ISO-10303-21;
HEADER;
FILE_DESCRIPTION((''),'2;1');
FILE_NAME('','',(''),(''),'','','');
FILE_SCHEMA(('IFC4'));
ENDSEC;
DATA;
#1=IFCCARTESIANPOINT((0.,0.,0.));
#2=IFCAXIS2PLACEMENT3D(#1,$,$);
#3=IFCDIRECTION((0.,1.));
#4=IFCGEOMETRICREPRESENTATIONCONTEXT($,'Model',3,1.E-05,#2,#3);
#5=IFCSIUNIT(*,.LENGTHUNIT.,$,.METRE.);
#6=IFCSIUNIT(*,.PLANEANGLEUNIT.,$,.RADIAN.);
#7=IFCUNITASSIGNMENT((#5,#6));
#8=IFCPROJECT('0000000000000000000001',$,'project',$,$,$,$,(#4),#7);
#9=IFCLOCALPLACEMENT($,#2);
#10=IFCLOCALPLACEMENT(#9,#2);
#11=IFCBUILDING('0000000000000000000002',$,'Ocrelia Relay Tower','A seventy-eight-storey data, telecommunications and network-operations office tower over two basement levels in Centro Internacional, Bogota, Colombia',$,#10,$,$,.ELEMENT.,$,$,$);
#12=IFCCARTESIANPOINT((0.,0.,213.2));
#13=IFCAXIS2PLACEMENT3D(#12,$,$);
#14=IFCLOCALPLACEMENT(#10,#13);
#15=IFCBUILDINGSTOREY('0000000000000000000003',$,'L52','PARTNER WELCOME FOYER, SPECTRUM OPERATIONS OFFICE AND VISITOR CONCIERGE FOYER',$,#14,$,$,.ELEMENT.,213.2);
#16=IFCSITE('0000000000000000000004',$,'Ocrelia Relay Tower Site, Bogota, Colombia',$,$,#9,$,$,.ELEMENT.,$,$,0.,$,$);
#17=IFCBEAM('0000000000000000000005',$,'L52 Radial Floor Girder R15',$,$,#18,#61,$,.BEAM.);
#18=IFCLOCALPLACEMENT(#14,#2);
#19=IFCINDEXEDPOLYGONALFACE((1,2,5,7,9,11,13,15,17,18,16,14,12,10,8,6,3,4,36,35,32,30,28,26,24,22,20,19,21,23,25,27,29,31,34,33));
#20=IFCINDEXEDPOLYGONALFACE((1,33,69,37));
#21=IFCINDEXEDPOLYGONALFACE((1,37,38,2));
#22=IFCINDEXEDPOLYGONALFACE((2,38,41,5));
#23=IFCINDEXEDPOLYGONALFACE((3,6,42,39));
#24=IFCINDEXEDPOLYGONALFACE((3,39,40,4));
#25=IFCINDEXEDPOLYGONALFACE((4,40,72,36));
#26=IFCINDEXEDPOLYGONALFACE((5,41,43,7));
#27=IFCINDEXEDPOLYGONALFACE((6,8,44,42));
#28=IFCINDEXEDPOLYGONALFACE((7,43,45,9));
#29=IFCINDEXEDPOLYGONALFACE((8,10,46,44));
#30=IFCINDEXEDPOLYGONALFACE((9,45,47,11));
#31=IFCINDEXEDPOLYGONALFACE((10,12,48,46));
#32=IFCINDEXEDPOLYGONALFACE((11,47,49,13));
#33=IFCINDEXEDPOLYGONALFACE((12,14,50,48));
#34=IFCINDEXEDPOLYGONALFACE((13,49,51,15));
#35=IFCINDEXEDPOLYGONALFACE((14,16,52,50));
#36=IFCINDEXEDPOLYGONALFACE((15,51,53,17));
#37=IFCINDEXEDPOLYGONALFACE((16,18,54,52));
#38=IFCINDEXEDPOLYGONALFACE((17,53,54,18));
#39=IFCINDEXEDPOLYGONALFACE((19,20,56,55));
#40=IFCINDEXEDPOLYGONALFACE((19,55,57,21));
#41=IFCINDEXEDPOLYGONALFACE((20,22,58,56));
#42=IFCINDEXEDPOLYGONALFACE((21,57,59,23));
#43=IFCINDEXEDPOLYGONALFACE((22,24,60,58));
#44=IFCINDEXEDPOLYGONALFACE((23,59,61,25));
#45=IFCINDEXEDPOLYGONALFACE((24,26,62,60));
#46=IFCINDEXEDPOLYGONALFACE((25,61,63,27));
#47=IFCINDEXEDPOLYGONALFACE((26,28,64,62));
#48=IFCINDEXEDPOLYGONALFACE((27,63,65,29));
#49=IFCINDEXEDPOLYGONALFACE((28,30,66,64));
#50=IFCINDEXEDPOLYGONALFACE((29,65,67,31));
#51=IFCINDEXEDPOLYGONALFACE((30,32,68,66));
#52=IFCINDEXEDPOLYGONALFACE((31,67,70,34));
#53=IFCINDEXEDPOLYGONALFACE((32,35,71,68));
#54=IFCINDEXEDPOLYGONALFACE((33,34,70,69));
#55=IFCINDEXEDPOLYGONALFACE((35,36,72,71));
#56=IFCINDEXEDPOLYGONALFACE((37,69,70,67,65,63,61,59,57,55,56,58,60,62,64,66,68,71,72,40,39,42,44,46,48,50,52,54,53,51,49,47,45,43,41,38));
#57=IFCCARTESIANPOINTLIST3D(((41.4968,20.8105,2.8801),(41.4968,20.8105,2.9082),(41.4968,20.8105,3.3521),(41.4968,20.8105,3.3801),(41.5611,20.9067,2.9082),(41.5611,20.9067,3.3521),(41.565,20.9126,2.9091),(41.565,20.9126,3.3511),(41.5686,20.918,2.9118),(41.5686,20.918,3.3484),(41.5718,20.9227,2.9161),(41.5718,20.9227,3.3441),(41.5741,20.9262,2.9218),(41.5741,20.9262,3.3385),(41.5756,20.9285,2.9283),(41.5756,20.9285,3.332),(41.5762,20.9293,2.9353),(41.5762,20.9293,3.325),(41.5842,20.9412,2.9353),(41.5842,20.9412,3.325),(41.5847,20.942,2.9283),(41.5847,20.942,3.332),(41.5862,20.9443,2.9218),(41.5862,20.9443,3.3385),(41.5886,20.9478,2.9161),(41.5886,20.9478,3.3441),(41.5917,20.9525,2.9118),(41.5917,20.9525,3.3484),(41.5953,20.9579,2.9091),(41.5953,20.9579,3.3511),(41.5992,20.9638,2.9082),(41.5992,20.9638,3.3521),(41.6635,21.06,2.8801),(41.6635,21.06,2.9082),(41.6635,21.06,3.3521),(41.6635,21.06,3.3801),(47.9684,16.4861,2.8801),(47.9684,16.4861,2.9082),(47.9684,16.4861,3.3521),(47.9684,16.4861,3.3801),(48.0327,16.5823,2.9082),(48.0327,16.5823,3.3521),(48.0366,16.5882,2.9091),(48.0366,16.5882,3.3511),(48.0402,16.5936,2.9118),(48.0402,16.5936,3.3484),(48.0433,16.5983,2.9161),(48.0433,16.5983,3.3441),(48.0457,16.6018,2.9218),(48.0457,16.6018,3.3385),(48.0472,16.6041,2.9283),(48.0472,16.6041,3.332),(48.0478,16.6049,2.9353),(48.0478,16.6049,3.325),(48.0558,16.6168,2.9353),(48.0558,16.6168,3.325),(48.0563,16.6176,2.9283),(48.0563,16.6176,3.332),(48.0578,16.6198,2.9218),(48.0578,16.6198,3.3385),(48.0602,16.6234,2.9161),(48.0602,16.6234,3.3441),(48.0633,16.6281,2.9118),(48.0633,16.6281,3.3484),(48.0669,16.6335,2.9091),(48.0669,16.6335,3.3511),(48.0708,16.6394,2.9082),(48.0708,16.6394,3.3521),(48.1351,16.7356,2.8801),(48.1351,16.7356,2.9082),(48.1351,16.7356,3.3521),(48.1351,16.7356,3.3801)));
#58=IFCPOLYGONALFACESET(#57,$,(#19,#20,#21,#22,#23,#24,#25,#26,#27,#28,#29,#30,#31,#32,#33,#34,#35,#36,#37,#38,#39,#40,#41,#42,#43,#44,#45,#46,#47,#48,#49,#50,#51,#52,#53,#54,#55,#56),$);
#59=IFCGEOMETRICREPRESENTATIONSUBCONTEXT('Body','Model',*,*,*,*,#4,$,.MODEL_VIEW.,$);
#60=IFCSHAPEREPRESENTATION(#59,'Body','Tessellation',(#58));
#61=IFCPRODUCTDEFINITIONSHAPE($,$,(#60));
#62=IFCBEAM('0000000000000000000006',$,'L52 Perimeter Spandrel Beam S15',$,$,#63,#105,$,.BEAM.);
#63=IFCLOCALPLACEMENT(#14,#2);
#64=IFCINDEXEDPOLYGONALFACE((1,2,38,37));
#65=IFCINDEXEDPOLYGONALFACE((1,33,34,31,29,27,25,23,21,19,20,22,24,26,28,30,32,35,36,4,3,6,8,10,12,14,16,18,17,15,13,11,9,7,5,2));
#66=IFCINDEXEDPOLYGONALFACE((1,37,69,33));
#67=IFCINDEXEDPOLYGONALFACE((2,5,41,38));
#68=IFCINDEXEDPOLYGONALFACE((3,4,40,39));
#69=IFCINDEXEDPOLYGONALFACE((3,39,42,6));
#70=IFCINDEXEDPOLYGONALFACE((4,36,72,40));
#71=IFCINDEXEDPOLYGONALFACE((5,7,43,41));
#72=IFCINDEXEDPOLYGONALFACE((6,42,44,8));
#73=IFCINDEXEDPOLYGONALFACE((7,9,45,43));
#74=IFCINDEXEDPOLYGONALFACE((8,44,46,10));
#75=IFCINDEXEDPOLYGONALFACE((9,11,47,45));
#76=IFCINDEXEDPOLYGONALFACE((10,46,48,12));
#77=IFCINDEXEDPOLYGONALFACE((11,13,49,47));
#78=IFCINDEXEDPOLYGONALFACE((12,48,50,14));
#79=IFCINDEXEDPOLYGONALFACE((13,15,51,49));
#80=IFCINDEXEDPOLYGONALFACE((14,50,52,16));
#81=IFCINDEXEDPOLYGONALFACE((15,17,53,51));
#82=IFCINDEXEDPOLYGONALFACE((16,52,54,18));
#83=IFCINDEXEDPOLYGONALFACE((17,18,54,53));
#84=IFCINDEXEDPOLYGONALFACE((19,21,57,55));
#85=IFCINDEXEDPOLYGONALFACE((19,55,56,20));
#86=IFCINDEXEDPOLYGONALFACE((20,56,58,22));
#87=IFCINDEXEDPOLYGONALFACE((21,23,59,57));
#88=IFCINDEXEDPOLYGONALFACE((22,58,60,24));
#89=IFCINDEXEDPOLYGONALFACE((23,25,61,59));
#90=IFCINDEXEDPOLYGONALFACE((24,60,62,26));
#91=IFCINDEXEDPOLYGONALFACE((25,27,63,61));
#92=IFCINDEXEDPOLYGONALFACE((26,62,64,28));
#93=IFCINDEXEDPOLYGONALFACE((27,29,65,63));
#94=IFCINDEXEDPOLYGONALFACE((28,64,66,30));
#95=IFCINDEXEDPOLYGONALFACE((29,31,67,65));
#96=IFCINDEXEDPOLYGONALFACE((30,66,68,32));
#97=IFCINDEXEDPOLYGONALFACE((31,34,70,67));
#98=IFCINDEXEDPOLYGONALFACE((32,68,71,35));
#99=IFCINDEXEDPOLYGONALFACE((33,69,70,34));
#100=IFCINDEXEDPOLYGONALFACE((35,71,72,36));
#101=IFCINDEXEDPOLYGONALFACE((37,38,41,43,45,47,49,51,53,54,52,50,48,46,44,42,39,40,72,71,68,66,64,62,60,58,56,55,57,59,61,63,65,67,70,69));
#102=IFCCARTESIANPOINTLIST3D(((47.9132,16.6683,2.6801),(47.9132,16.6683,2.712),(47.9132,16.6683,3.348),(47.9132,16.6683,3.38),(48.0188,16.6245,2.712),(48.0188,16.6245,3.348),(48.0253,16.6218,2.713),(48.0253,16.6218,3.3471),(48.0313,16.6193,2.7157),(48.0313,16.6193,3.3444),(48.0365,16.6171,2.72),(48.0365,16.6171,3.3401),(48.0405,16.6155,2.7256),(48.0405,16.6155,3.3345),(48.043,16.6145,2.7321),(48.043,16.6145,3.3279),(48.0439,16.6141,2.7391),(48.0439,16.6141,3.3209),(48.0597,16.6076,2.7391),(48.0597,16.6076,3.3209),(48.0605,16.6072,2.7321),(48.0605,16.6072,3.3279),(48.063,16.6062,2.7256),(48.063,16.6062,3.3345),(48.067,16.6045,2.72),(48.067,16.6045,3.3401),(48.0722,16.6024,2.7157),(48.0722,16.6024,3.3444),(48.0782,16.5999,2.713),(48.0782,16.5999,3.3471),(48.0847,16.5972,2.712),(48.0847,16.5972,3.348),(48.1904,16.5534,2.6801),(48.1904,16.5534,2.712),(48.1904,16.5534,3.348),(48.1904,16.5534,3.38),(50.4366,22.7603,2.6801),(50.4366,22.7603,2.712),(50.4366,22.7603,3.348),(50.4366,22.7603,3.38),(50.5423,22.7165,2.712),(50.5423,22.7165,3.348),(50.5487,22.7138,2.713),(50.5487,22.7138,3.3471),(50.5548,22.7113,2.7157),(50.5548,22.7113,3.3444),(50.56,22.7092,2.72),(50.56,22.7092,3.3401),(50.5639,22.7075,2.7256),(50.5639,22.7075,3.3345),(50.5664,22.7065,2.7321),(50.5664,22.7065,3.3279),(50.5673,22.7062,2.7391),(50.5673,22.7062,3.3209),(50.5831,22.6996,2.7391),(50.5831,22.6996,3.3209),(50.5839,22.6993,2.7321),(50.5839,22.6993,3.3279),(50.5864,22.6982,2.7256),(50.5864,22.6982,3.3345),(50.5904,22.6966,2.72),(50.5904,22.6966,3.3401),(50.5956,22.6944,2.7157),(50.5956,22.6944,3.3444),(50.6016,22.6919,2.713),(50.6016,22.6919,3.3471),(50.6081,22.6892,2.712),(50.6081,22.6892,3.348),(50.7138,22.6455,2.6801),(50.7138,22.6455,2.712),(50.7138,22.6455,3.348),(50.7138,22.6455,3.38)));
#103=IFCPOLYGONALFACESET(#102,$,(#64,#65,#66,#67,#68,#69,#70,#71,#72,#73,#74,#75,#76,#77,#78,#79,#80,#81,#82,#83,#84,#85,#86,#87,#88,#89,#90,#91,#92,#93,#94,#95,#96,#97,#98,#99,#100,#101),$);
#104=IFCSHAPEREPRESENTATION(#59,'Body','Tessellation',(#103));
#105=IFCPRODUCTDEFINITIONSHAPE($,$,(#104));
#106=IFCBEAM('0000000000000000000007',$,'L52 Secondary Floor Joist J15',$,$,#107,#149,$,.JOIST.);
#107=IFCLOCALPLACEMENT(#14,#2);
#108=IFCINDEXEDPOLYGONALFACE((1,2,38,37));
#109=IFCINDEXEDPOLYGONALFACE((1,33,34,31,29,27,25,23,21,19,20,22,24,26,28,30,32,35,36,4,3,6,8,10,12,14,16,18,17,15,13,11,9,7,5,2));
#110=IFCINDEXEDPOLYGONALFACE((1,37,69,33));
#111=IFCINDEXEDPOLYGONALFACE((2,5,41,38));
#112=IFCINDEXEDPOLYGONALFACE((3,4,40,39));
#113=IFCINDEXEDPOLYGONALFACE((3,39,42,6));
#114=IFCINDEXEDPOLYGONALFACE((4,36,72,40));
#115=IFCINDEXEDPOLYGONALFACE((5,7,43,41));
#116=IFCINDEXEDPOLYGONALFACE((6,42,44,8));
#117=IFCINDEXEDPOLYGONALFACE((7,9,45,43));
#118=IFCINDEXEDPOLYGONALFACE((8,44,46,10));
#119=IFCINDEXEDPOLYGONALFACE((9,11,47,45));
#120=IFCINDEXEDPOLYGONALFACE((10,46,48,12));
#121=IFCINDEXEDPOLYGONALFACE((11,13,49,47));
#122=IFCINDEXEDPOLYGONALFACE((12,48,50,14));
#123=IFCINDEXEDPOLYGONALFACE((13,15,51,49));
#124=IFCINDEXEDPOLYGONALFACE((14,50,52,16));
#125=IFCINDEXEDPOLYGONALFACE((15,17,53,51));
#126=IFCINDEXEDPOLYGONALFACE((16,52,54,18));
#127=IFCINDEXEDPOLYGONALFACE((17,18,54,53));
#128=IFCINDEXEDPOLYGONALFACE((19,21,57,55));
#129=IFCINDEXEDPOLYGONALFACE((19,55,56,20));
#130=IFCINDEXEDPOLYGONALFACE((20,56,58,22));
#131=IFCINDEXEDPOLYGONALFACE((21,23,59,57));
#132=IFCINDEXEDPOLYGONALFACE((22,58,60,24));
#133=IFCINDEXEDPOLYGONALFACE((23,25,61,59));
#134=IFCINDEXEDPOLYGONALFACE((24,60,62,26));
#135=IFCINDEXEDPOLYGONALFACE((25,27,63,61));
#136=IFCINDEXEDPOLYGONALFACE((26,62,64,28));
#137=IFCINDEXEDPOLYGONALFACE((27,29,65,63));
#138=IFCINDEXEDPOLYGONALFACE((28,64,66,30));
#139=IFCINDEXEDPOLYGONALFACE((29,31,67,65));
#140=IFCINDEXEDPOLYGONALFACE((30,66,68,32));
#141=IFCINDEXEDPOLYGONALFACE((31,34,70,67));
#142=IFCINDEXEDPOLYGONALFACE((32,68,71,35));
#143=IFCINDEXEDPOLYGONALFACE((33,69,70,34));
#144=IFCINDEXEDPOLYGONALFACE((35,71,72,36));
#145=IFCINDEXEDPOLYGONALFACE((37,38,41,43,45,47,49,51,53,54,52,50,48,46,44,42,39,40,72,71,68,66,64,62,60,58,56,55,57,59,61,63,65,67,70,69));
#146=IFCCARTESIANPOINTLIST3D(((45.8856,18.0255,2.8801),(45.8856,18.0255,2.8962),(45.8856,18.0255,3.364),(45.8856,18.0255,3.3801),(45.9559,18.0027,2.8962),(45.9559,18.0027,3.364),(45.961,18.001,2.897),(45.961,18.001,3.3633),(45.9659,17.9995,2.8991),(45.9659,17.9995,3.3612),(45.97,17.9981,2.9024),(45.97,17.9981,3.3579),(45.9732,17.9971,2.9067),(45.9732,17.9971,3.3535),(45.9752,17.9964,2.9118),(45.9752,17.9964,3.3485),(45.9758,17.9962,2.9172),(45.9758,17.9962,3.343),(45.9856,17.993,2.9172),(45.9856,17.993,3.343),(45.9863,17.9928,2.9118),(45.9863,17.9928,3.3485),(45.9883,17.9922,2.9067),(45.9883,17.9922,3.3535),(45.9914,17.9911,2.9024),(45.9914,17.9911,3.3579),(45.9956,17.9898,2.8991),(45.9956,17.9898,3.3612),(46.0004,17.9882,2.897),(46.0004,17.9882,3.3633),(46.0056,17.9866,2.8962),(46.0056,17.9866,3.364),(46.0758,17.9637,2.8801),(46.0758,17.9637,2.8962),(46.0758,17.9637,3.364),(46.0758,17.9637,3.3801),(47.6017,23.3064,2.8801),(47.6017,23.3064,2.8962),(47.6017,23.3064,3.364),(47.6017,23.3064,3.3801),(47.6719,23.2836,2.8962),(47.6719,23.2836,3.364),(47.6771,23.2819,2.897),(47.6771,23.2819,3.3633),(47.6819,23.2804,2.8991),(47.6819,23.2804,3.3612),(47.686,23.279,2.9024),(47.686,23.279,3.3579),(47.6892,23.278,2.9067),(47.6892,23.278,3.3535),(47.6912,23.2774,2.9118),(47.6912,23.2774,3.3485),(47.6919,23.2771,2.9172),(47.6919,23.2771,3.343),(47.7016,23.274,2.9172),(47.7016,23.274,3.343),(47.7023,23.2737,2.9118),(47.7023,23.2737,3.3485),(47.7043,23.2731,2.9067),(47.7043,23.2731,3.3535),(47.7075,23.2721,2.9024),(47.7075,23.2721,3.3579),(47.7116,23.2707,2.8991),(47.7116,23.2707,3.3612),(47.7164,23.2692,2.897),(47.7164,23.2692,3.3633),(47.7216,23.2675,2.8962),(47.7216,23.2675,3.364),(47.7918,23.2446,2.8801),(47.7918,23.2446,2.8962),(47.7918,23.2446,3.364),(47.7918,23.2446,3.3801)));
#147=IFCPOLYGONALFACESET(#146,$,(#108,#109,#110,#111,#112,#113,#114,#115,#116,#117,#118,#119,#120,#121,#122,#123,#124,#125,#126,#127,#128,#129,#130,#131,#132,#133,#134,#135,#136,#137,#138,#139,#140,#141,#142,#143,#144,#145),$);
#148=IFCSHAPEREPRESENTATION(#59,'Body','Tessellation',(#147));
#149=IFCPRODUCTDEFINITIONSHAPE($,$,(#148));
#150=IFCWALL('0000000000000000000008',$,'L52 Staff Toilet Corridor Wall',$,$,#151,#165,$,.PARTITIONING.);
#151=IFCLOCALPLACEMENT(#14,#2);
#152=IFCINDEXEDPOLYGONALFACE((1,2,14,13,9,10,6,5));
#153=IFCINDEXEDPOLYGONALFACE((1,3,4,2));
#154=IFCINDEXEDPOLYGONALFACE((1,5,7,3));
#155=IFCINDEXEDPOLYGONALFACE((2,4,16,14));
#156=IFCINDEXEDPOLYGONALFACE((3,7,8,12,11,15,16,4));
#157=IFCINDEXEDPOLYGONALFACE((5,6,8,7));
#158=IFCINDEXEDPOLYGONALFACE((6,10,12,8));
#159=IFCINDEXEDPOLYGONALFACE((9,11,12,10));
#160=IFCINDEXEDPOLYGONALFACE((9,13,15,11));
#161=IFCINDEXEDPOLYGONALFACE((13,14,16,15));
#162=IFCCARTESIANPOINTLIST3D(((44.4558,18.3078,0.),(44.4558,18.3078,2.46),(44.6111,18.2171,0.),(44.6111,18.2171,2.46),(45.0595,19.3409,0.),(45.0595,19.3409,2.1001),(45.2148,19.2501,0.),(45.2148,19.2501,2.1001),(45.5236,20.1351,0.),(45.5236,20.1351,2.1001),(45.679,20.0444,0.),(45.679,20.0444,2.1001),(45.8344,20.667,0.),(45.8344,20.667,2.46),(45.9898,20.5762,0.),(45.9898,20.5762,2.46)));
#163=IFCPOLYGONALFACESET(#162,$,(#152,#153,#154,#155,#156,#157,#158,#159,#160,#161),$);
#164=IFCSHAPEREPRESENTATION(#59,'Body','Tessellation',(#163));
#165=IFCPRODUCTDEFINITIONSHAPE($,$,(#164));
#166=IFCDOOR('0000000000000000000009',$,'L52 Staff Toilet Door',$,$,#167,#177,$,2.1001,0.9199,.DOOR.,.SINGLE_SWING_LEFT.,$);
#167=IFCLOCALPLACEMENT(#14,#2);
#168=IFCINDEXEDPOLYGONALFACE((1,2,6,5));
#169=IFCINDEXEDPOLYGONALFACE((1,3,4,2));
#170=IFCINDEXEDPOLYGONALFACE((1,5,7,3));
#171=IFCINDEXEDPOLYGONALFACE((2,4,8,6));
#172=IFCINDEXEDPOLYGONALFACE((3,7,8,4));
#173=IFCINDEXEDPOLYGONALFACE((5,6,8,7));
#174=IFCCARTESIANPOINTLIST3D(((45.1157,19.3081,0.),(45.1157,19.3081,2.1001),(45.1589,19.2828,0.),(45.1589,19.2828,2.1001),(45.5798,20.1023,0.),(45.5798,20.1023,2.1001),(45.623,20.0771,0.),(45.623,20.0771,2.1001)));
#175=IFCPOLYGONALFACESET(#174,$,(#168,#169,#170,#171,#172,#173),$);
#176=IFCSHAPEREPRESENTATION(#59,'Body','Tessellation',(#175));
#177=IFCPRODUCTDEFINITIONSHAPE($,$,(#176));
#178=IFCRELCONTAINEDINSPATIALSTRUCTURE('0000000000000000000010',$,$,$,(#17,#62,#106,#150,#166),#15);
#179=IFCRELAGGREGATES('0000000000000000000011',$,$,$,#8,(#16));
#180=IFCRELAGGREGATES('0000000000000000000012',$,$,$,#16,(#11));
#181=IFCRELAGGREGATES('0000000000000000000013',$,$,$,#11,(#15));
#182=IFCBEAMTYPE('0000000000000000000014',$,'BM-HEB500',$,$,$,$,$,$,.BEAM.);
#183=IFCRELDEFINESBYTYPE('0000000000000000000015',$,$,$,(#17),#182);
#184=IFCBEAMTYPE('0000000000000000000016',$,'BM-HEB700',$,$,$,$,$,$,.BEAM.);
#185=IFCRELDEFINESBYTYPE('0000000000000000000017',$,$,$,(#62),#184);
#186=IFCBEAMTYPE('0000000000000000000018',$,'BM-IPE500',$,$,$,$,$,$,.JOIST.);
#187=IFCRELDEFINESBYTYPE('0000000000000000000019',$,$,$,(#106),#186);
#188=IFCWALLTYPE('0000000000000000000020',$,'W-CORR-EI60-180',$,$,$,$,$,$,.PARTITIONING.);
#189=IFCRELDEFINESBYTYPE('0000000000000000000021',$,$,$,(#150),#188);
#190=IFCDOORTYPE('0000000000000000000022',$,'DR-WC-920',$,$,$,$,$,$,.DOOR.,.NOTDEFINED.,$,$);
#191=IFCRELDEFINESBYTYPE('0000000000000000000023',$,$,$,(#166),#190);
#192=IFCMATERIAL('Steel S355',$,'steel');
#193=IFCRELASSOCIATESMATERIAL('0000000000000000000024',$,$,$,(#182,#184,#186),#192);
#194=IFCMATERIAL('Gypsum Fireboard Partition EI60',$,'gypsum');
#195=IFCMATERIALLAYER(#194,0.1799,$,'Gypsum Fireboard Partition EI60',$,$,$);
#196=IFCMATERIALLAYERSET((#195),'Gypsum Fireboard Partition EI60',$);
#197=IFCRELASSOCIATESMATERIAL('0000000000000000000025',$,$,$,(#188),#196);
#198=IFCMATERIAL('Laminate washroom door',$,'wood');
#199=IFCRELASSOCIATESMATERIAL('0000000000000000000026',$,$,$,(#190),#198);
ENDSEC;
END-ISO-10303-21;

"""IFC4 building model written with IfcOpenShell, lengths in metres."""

from ifc_helpers import new_model, si_unit, direction, frame, frame_2d, origin, origin_2d, place, context, subcontext, project, spatial, rectangle, i_section, extrude, material, layer, layer_set, material_profile, profile_set, type_object, element, fill, save


model = new_model("IFC4")

# Units and contexts
model_context = context("Model", 3, precision=1e-05, world=origin(), true_north=direction((0.0, 1.0)))
body_context = subcontext(model_context, "Body", "Model", "MODEL_VIEW")
ifc_project = project(units=[si_unit("LENGTHUNIT", "METRE"), si_unit("PLANEANGLEUNIT", "RADIAN")], contexts=[model_context])

# Site, building, storey
site_placement = place(None, origin())
site = spatial("IfcSite", under=ifc_project, at=site_placement, Name="Ocrelia Relay Tower Site, Bogota, Colombia", CompositionType="ELEMENT", RefElevation=0.0)
building_placement = place(site_placement, origin())
building = spatial("IfcBuilding", under=site, at=building_placement, Name="Ocrelia Relay Tower", Description="A seventy-eight-storey data, telecommunications and network-operations office tower over two basement levels in Centro Internacional, Bogota, Colombia", CompositionType="ELEMENT")
storey_placement = place(building_placement, frame((0.0, 0.0, 213.2)))
storey = spatial("IfcBuildingStorey", under=building, at=storey_placement, Name="L52", Description="PARTNER WELCOME FOYER, SPECTRUM OPERATIONS OFFICE AND VISITOR CONCIERGE FOYER", CompositionType="ELEMENT", Elevation=213.2)

# Beams
ifc_material_1 = material(Name="Steel S355", Category="steel")
ifc_material_profile_1 = material_profile(ifc_material_1, i_section(OverallWidth=0.3, OverallDepth=0.5, WebThickness=0.0144, FlangeThickness=0.0281, FilletRadius=0.0271, at=origin_2d()), Name="HEB 500")
ifc_profile_set_1 = profile_set([ifc_material_profile_1], Name="Steel S355")
beam_type_1 = type_object("IfcBeamType", Name="BM-HEB500", PredefinedType="BEAM", material=ifc_profile_set_1)
beam_1_placement = place(storey_placement, frame((48.0518, 16.6108, 3.1301), z_axis=(-0.831456, 0.55559, 0.0), x_axis=(-0.55559, -0.831456, 0.0)))
element("IfcBeam", 1, at=beam_1_placement, inside=storey, type_object=beam_type_1, Name="L52 Radial Floor Girder R15", PredefinedType="BEAM", context=body_context, shape_type="SweptSolid", body=[
    extrude(i_section(OverallWidth=0.3, OverallDepth=0.5, WebThickness=0.0144, FlangeThickness=0.0281, FilletRadius=0.0271, at=origin_2d()), origin(), (0.0, 0.0, 1.0), 7.7834),
])
ifc_material_profile_2 = material_profile(ifc_material_1, i_section(OverallWidth=0.3, OverallDepth=0.7, WebThickness=0.0171, FlangeThickness=0.032, FilletRadius=0.0271, at=origin_2d()), Name="HEB 700")
ifc_profile_set_2 = profile_set([ifc_material_profile_2], Name="Steel S355")
beam_type_2 = type_object("IfcBeamType", Name="BM-HEB700", PredefinedType="BEAM", material=ifc_profile_set_2)
beam_2_placement = place(storey_placement, frame((48.0518, 16.6108, 3.03), z_axis=(0.382688, 0.923878, 0.0), x_axis=(-0.923878, 0.382688, 0.0)))
element("IfcBeam", 2, at=beam_2_placement, inside=storey, type_object=beam_type_2, Name="L52 Perimeter Spandrel Beam S15", PredefinedType="BEAM", context=body_context, shape_type="SweptSolid", body=[
    extrude(i_section(OverallWidth=0.3, OverallDepth=0.7, WebThickness=0.0171, FlangeThickness=0.032, FilletRadius=0.0271, at=origin_2d()), origin(), (0.0, 0.0, 1.0), 6.594),
])
ifc_material_profile_3 = material_profile(ifc_material_1, i_section(OverallWidth=0.2, OverallDepth=0.5, WebThickness=0.0103, FlangeThickness=0.0161, FilletRadius=0.021, at=origin_2d()), Name="IPE 500")
ifc_profile_set_3 = profile_set([ifc_material_profile_3], Name="Steel S355")
beam_type_3 = type_object("IfcBeamType", Name="BM-IPE500", PredefinedType="JOIST", material=ifc_profile_set_3)
beam_3_placement = place(storey_placement, frame((45.9807, 17.9946, 3.1301), z_axis=(0.309043, 0.951048, 0.0), x_axis=(-0.951048, 0.309043, 0.0)))
element("IfcBeam", 3, at=beam_3_placement, inside=storey, type_object=beam_type_3, Name="L52 Secondary Floor Joist J15", PredefinedType="JOIST", context=body_context, shape_type="SweptSolid", body=[
    extrude(i_section(OverallWidth=0.2, OverallDepth=0.5, WebThickness=0.0103, FlangeThickness=0.0161, FilletRadius=0.021, at=origin_2d()), origin(), (0.0, 0.0, 1.0), 5.5527),
])

# Wall, opening, door
ifc_material_2 = material(Name="Gypsum Fireboard Partition EI60", Category="gypsum")
ifc_layer_1 = layer(ifc_material_2, 0.1799, Name="Gypsum Fireboard Partition EI60")
ifc_layer_set_1 = layer_set([ifc_layer_1], Name="Gypsum Fireboard Partition EI60")
wall_type_1 = type_object("IfcWallType", Name="W-CORR-EI60-180", PredefinedType="PARTITIONING", material=ifc_layer_set_1)
wall_1_placement = place(storey_placement, frame((44.5334, 18.2625, 0.0), z_axis=(0.0, 0.0, 1.0), x_axis=(0.504554, 0.86338, 0.0)))
wall_1 = element("IfcWall", 4, at=wall_1_placement, inside=storey, type_object=wall_type_1, Name="L52 Staff Toilet Corridor Wall", PredefinedType="PARTITIONING", context=body_context, shape_type="SweptSolid", body=[
    extrude(rectangle(XDim=2.7324, YDim=0.1799, at=frame_2d((1.3662, 0.0))), origin(), (0.0, 0.0, 1.0), 2.46),
])
opening_1_placement = place(wall_1_placement, frame((1.1965, 0.0, 0.0)))
opening_1 = element("IfcOpeningElement", 5, at=opening_1_placement, cuts=wall_1, PredefinedType="OPENING", context=body_context, shape_type="SweptSolid", body=[
    extrude(rectangle(XDim=0.9199, YDim=2.1001, at=frame_2d((0.46, 1.05))), frame((0.0, 0.1001, 0.0), z_axis=(0.0, -1.0, 0.0), x_axis=(1.0, 0.0, 0.0)), (0.0, 0.0, 1.0), 0.2),
])
ifc_material_3 = material(Name="Laminate washroom door", Category="wood")
door_type = type_object("IfcDoorType", Name="DR-WC-920", OperationType="NOTDEFINED", PredefinedType="DOOR", material=ifc_material_3)
door_placement = place(opening_1_placement, origin())
door = element("IfcDoor", 6, at=door_placement, inside=storey, type_object=door_type, Name="L52 Staff Toilet Door", OperationType="SINGLE_SWING_LEFT", OverallHeight=2.1001, OverallWidth=0.9199, PredefinedType="DOOR", context=body_context, shape_type="SweptSolid", body=[
    extrude(rectangle(XDim=0.9199, YDim=2.1001, at=frame_2d((0.46, 1.05))), frame((0.0, 0.0249, 0.0), z_axis=(0.0, -1.0, 0.0), x_axis=(1.0, 0.0, 0.0)), (0.0, 0.0, 1.0), 0.05),
])
fill(opening_1, door)

save(model, "model.ifc")
